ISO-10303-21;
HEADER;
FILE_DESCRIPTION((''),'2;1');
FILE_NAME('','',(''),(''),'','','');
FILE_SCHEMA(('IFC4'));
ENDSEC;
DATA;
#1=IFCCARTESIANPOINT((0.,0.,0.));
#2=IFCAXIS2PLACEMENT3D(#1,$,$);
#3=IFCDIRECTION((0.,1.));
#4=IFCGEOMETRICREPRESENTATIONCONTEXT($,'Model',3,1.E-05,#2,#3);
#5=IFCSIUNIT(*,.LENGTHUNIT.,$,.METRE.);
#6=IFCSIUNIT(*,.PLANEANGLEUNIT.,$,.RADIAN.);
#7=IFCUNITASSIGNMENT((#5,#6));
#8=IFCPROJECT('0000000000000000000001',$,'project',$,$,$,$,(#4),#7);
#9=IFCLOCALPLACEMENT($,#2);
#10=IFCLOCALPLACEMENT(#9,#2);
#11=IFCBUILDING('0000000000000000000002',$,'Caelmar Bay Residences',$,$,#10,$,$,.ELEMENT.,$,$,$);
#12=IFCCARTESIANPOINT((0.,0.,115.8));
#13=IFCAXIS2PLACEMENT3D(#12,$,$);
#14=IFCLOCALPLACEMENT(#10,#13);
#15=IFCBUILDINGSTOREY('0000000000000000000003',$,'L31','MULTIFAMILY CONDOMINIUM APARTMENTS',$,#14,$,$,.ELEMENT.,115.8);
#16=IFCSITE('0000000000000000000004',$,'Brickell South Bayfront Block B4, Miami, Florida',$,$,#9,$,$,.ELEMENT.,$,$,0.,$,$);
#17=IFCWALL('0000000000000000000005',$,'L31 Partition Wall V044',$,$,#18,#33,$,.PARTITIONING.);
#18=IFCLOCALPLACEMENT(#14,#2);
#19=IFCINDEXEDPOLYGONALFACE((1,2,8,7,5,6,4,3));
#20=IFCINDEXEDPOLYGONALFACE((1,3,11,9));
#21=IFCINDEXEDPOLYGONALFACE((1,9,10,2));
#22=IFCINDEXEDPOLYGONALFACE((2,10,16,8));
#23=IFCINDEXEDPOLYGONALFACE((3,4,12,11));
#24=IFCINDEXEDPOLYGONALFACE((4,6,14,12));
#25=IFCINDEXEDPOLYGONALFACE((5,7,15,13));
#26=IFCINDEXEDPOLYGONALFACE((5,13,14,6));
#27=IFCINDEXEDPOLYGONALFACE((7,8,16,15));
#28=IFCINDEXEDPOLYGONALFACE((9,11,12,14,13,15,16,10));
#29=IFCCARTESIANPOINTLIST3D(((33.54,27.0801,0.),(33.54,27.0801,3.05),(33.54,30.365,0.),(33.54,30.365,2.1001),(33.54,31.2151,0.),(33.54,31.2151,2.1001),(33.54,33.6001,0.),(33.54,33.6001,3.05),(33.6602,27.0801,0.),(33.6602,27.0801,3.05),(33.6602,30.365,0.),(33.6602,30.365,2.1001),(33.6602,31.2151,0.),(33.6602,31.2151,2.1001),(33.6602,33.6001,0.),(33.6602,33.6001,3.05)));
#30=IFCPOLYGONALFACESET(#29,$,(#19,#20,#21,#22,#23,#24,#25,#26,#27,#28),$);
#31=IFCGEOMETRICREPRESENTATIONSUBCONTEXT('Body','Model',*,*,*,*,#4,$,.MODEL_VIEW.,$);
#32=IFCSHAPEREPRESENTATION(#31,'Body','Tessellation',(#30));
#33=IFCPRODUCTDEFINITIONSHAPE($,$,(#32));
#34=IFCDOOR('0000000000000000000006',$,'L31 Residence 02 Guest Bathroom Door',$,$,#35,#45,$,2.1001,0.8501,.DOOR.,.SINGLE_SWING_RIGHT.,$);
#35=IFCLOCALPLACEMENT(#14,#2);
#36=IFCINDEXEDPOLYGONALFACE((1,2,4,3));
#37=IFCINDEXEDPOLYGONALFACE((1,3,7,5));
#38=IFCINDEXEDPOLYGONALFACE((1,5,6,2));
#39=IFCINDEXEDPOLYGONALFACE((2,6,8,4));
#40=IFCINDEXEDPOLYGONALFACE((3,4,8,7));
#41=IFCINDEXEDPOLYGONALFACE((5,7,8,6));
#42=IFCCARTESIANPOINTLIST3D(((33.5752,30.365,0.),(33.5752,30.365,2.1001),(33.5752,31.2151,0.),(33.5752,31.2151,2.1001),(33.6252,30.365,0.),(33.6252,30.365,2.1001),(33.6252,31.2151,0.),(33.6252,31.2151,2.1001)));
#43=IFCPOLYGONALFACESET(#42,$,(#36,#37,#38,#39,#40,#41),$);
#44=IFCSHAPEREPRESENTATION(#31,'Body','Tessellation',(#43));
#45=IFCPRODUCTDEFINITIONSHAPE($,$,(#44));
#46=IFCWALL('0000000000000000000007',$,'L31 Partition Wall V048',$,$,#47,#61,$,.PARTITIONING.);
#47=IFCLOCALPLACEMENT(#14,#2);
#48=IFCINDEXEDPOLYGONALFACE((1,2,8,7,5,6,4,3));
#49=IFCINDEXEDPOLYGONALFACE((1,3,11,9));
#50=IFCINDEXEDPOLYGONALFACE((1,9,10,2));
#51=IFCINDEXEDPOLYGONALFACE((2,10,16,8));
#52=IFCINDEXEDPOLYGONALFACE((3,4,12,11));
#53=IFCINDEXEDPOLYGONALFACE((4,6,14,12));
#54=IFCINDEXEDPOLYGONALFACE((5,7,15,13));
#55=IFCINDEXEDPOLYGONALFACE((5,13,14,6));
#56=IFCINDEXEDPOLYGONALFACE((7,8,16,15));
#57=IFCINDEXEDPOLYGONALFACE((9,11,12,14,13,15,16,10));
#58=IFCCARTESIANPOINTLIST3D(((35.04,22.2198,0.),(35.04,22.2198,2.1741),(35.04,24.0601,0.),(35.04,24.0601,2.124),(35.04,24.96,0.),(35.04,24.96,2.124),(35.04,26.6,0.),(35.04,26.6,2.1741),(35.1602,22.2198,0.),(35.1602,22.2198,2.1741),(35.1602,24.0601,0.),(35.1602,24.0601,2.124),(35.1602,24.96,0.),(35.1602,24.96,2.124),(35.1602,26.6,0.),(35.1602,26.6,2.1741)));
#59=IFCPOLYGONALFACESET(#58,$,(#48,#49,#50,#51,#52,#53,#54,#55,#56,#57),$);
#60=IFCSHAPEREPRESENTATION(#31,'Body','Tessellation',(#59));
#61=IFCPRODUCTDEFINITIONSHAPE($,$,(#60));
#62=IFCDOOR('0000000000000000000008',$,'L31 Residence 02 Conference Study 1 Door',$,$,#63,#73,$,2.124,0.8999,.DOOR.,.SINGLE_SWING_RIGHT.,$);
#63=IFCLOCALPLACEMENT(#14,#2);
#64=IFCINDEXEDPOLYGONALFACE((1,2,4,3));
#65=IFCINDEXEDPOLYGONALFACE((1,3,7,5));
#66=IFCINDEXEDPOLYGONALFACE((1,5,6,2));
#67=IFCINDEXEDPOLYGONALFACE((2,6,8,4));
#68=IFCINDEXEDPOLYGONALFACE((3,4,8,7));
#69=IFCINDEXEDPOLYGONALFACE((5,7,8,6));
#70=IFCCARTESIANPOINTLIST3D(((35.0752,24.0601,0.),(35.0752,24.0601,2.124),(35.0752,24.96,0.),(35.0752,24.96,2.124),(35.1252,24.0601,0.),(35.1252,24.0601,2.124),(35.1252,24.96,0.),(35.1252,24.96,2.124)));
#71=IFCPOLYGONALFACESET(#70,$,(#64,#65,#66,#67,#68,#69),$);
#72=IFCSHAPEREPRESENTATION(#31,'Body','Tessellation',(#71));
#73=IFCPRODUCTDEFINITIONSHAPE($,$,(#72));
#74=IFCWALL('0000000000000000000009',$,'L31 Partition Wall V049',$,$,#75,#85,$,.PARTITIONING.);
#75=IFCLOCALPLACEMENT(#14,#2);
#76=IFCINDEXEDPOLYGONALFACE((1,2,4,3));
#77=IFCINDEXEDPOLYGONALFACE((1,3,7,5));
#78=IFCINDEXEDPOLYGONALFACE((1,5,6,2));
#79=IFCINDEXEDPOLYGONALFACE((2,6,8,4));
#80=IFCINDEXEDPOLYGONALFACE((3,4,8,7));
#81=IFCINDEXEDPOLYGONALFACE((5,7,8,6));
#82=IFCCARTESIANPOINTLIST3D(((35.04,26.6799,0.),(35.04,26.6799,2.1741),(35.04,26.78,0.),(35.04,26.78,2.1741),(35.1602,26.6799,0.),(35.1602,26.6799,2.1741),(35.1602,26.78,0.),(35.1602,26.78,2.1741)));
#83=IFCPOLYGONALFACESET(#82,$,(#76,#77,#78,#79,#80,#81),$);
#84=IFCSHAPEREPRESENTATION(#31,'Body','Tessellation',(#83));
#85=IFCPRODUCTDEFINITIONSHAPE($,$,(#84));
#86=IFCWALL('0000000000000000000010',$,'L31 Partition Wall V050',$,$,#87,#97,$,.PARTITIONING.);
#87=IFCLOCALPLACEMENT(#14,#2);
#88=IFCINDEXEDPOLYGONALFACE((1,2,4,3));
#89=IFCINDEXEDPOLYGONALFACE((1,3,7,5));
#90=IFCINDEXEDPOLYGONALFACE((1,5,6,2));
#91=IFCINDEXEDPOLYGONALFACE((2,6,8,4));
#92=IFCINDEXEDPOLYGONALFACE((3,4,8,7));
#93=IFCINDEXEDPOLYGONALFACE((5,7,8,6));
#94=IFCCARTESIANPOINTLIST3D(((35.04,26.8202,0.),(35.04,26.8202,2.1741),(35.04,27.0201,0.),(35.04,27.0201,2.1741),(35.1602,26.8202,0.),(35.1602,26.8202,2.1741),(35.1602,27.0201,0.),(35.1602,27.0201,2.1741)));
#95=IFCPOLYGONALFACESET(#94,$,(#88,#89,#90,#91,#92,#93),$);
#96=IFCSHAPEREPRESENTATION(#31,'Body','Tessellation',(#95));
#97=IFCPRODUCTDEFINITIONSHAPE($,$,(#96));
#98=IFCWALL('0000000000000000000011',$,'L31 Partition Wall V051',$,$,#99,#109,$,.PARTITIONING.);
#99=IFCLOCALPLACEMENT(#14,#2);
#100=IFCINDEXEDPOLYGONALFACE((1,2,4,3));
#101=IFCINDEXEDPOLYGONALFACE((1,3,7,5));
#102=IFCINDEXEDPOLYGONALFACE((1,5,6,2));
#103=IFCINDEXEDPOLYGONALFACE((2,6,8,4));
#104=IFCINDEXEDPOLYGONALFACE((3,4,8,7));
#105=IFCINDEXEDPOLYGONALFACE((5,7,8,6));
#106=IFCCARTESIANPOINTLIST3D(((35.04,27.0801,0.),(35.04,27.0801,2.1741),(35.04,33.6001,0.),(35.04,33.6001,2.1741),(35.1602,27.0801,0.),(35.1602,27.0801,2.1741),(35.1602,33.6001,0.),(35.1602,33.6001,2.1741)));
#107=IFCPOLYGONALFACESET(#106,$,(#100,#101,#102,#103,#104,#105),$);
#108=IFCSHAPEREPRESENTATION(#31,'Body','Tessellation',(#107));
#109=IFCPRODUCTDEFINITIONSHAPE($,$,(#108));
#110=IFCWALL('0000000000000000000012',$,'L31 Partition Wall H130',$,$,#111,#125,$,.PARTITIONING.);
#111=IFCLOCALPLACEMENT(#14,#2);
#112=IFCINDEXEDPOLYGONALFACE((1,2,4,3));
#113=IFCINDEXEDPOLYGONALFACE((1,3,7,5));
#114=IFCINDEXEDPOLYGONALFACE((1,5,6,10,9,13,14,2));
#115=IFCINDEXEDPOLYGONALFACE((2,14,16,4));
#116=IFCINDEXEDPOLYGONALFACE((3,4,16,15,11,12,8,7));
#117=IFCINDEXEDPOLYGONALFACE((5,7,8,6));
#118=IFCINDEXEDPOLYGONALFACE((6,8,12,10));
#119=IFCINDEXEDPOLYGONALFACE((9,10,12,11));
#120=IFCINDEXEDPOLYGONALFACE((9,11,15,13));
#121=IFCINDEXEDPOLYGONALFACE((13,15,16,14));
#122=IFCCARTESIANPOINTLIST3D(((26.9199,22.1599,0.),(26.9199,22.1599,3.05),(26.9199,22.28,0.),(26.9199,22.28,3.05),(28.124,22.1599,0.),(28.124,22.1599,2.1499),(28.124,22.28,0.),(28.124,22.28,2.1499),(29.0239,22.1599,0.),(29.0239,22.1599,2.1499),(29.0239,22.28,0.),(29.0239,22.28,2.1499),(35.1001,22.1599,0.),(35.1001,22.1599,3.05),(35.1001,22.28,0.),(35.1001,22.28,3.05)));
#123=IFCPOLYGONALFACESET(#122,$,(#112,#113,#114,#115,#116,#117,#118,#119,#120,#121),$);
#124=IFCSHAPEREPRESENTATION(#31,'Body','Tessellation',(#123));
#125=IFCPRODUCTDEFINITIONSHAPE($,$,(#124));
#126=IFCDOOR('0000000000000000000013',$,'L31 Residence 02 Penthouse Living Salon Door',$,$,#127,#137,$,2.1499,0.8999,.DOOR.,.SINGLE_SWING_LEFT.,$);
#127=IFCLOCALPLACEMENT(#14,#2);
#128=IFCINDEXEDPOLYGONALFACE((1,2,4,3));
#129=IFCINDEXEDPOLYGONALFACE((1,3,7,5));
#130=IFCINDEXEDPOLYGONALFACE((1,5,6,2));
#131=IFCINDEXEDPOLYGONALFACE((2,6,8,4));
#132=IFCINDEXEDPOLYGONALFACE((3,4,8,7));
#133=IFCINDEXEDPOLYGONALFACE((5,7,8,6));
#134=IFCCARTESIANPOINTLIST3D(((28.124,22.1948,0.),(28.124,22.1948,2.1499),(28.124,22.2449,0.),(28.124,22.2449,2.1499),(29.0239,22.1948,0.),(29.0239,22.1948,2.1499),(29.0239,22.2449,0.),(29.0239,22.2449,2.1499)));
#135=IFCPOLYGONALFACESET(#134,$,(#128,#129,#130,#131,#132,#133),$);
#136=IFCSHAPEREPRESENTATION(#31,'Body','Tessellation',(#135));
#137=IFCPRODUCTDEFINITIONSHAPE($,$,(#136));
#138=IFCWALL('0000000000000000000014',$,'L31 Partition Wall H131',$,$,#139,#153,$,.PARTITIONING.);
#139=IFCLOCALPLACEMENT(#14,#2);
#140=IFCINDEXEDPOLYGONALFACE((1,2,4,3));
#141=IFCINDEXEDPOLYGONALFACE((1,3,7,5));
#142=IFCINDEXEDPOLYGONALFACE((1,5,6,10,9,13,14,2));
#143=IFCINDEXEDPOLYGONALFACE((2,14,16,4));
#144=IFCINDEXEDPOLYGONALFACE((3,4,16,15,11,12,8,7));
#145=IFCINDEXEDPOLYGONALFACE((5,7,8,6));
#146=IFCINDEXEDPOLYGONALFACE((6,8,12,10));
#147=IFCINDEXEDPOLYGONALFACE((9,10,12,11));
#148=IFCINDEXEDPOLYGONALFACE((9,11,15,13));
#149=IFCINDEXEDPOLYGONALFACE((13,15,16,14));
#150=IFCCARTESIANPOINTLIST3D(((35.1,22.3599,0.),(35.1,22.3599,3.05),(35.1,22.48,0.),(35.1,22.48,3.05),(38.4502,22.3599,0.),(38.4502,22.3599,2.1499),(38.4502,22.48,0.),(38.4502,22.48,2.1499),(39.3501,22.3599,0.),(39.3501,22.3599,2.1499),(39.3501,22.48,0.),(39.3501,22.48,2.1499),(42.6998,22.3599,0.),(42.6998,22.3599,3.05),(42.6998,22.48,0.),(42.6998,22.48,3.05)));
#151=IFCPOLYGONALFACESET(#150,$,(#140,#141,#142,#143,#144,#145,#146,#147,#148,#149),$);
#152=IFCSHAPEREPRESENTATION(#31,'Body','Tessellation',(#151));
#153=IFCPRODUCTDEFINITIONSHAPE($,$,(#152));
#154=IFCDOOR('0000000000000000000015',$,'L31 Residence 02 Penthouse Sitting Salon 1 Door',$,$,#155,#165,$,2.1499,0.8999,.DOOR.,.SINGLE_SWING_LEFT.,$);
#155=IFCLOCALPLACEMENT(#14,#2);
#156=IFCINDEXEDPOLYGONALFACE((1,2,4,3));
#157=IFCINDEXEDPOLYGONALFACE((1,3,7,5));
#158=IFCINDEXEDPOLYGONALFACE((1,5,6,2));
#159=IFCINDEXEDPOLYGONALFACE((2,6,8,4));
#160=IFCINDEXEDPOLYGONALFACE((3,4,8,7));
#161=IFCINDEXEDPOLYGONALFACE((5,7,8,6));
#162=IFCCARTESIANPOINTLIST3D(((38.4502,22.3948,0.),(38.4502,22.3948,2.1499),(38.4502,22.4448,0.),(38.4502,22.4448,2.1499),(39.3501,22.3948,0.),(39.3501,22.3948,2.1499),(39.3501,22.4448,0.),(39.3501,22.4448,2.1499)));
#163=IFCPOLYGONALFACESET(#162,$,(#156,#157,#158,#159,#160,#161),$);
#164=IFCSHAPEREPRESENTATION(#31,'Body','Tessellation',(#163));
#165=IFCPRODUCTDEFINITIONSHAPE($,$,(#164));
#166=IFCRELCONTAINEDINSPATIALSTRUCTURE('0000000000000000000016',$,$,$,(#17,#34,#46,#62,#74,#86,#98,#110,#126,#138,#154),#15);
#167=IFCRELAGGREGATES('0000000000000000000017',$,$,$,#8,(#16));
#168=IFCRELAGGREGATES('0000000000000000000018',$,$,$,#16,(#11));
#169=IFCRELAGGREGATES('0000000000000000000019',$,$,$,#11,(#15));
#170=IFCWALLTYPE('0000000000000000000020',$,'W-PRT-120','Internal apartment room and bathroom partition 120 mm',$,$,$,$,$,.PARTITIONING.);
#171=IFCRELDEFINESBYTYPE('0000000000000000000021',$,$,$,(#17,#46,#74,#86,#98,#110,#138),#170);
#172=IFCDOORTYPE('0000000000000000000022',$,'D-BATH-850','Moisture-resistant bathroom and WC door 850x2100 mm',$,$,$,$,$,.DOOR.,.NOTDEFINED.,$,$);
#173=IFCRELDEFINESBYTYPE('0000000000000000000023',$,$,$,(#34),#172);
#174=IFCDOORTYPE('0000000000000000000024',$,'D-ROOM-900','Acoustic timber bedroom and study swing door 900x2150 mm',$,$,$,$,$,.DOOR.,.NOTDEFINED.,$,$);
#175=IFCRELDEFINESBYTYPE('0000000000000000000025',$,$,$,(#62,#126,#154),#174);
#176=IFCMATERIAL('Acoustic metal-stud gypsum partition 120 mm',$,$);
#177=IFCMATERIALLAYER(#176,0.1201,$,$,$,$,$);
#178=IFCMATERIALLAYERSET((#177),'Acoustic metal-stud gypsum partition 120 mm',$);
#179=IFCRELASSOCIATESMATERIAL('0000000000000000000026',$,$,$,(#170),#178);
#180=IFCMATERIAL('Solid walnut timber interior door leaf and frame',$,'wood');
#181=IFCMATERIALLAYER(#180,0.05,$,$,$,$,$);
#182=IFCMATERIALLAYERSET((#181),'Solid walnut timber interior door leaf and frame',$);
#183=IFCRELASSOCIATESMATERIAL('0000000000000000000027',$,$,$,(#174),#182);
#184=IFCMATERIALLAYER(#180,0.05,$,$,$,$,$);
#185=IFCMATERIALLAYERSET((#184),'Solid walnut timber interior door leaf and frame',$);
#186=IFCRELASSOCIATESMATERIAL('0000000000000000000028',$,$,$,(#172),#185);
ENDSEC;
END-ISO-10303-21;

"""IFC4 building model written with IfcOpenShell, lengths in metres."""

from ifc_helpers import new_model, si_unit, direction, frame, frame_2d, origin, place, context, subcontext, project, spatial, rectangle, extrude, material, layer, layer_set, type_object, element, fill, save


model = new_model("IFC4")

# Units and contexts
model_context = context("Model", 3, precision=1e-05, world=origin(), true_north=direction((0.0, 1.0)))
body_context = subcontext(model_context, "Body", "Model", "MODEL_VIEW")
ifc_project = project(units=[si_unit("LENGTHUNIT", "METRE"), si_unit("PLANEANGLEUNIT", "RADIAN")], contexts=[model_context])

# Site, building, storey
site_placement = place(None, origin())
site = spatial("IfcSite", under=ifc_project, at=site_placement, Name="Brickell South Bayfront Block B4, Miami, Florida", CompositionType="ELEMENT", RefElevation=0.0)
building_placement = place(site_placement, origin())
building = spatial("IfcBuilding", under=site, at=building_placement, Name="Caelmar Bay Residences", CompositionType="ELEMENT")
storey_placement = place(building_placement, frame((0.0, 0.0, 115.8)))
storey = spatial("IfcBuildingStorey", under=building, at=storey_placement, Name="L31", Description="MULTIFAMILY CONDOMINIUM APARTMENTS", CompositionType="ELEMENT", Elevation=115.8)

# Shared definitions
ifc_material_1 = material(Name="Acoustic metal-stud gypsum partition 120 mm")
ifc_layer_1 = layer(ifc_material_1, 0.1201)
ifc_layer_set_1 = layer_set([ifc_layer_1], Name="Acoustic metal-stud gypsum partition 120 mm")
wall_type = type_object("IfcWallType", Name="W-PRT-120", Description="Internal apartment room and bathroom partition 120 mm", PredefinedType="PARTITIONING", material=ifc_layer_set_1)
ifc_material_2 = material(Name="Solid walnut timber interior door leaf and frame", Category="wood")
ifc_layer_2 = layer(ifc_material_2, 0.05)
ifc_layer_set_2 = layer_set([ifc_layer_2], Name="Solid walnut timber interior door leaf and frame")
door_type_1 = type_object("IfcDoorType", Name="D-ROOM-900", Description="Acoustic timber bedroom and study swing door 900x2150 mm", OperationType="NOTDEFINED", PredefinedType="DOOR", material=ifc_layer_set_2)

# Walls, openings, doors
wall_1_placement = place(storey_placement, frame((33.6001, 27.0801, 0.0), z_axis=(0.0, 0.0, 1.0), x_axis=(0.0, 1.0, 0.0)))
wall_1 = element("IfcWall", 1, at=wall_1_placement, inside=storey, type_object=wall_type, Name="L31 Partition Wall V044", PredefinedType="PARTITIONING", context=body_context, shape_type="SweptSolid", body=[
    extrude(rectangle(XDim=6.52, YDim=0.1201, at=frame_2d((3.26, 0.0))), origin(), (0.0, 0.0, 1.0), 3.05),
])
opening_1_placement = place(wall_1_placement, frame((3.2849, 0.0, 0.0)))
opening_1 = element("IfcOpeningElement", 2, at=opening_1_placement, cuts=wall_1, PredefinedType="OPENING", context=body_context, shape_type="SweptSolid", body=[
    extrude(rectangle(XDim=0.8501, YDim=2.1001, at=frame_2d((0.425, 1.05))), frame((0.0, 0.0701, 0.0), z_axis=(0.0, -1.0, 0.0), x_axis=(1.0, 0.0, 0.0)), (0.0, 0.0, 1.0), 0.1401),
])
ifc_layer_3 = layer(ifc_material_2, 0.05)
ifc_layer_set_3 = layer_set([ifc_layer_3], Name="Solid walnut timber interior door leaf and frame")
door_type_2 = type_object("IfcDoorType", Name="D-BATH-850", Description="Moisture-resistant bathroom and WC door 850x2100 mm", OperationType="NOTDEFINED", PredefinedType="DOOR", material=ifc_layer_set_3)
door_1_placement = place(opening_1_placement, origin())
door_1 = element("IfcDoor", 3, at=door_1_placement, inside=storey, type_object=door_type_2, Name="L31 Residence 02 Guest Bathroom Door", OperationType="SINGLE_SWING_RIGHT", OverallHeight=2.1001, OverallWidth=0.8501, PredefinedType="DOOR", context=body_context, shape_type="SweptSolid", body=[
    extrude(rectangle(XDim=0.8501, YDim=2.1001, at=frame_2d((0.425, 1.05))), frame((0.0, 0.0249, 0.0), z_axis=(0.0, -1.0, 0.0), x_axis=(1.0, 0.0, 0.0)), (0.0, 0.0, 1.0), 0.05),
])
fill(opening_1, door_1)
wall_2_placement = place(storey_placement, frame((35.1001, 22.22, 0.0), z_axis=(0.0, 0.0, 1.0), x_axis=(0.0, 1.0, 0.0)))
wall_2 = element("IfcWall", 4, at=wall_2_placement, inside=storey, type_object=wall_type, Name="L31 Partition Wall V048", PredefinedType="PARTITIONING", context=body_context, shape_type="SweptSolid", body=[
    extrude(rectangle(XDim=4.3801, YDim=0.1201, at=frame_2d((2.1899, 0.0))), origin(), (0.0, 0.0, 1.0), 2.1741),
])
opening_2_placement = place(wall_2_placement, frame((1.8401, 0.0, 0.0)))
opening_2 = element("IfcOpeningElement", 5, at=opening_2_placement, cuts=wall_2, PredefinedType="OPENING", context=body_context, shape_type="SweptSolid", body=[
    extrude(rectangle(XDim=0.8999, YDim=2.124, at=frame_2d((0.45, 1.062))), frame((0.0, 0.0701, 0.0), z_axis=(0.0, -1.0, 0.0), x_axis=(1.0, 0.0, 0.0)), (0.0, 0.0, 1.0), 0.1401),
])
door_2_placement = place(opening_2_placement, origin())
door_2 = element("IfcDoor", 6, at=door_2_placement, inside=storey, type_object=door_type_1, Name="L31 Residence 02 Conference Study 1 Door", OperationType="SINGLE_SWING_RIGHT", OverallHeight=2.124, OverallWidth=0.8999, PredefinedType="DOOR", context=body_context, shape_type="SweptSolid", body=[
    extrude(rectangle(XDim=0.8999, YDim=2.124, at=frame_2d((0.45, 1.062))), frame((0.0, 0.0249, 0.0), z_axis=(0.0, -1.0, 0.0), x_axis=(1.0, 0.0, 0.0)), (0.0, 0.0, 1.0), 0.05),
])
fill(opening_2, door_2)

# Walls
wall_3_placement = place(storey_placement, frame((35.1001, 26.6799, 0.0), z_axis=(0.0, 0.0, 1.0), x_axis=(0.0, 1.0, 0.0)))
element("IfcWall", 7, at=wall_3_placement, inside=storey, type_object=wall_type, Name="L31 Partition Wall V049", PredefinedType="PARTITIONING", context=body_context, shape_type="SweptSolid", body=[
    extrude(rectangle(XDim=0.1001, YDim=0.1201, at=frame_2d((0.05, 0.0))), origin(), (0.0, 0.0, 1.0), 2.1741),
])
wall_4_placement = place(storey_placement, frame((35.1001, 26.8201, 0.0), z_axis=(0.0, 0.0, 1.0), x_axis=(0.0, 1.0, 0.0)))
element("IfcWall", 8, at=wall_4_placement, inside=storey, type_object=wall_type, Name="L31 Partition Wall V050", PredefinedType="PARTITIONING", context=body_context, shape_type="SweptSolid", body=[
    extrude(rectangle(XDim=0.2, YDim=0.1201, at=frame_2d((0.1001, 0.0))), origin(), (0.0, 0.0, 1.0), 2.1741),
])
wall_5_placement = place(storey_placement, frame((35.1001, 27.0801, 0.0), z_axis=(0.0, 0.0, 1.0), x_axis=(0.0, 1.0, 0.0)))
element("IfcWall", 9, at=wall_5_placement, inside=storey, type_object=wall_type, Name="L31 Partition Wall V051", PredefinedType="PARTITIONING", context=body_context, shape_type="SweptSolid", body=[
    extrude(rectangle(XDim=6.52, YDim=0.1201, at=frame_2d((3.26, 0.0))), origin(), (0.0, 0.0, 1.0), 2.1741),
])

# Walls, openings, doors
wall_6_placement = place(storey_placement, frame((26.9199, 22.22, 0.0), z_axis=(0.0, 0.0, 1.0), x_axis=(1.0, 0.0, 0.0)))
wall_6 = element("IfcWall", 10, at=wall_6_placement, inside=storey, type_object=wall_type, Name="L31 Partition Wall H130", PredefinedType="PARTITIONING", context=body_context, shape_type="SweptSolid", body=[
    extrude(rectangle(XDim=8.1802, YDim=0.1201, at=frame_2d((4.0901, 0.0))), origin(), (0.0, 0.0, 1.0), 3.05),
])
opening_3_placement = place(wall_6_placement, frame((1.2041, 0.0, 0.0)))
opening_3 = element("IfcOpeningElement", 11, at=opening_3_placement, cuts=wall_6, PredefinedType="OPENING", context=body_context, shape_type="SweptSolid", body=[
    extrude(rectangle(XDim=0.8999, YDim=2.1499, at=frame_2d((0.45, 1.075))), frame((0.0, 0.0701, 0.0), z_axis=(0.0, -1.0, 0.0), x_axis=(1.0, 0.0, 0.0)), (0.0, 0.0, 1.0), 0.1401),
])
door_3_placement = place(opening_3_placement, origin())
door_3 = element("IfcDoor", 12, at=door_3_placement, inside=storey, type_object=door_type_1, Name="L31 Residence 02 Penthouse Living Salon Door", OperationType="SINGLE_SWING_LEFT", OverallHeight=2.1499, OverallWidth=0.8999, PredefinedType="DOOR", context=body_context, shape_type="SweptSolid", body=[
    extrude(rectangle(XDim=0.8999, YDim=2.1499, at=frame_2d((0.45, 1.075))), frame((0.0, 0.0249, 0.0), z_axis=(0.0, -1.0, 0.0), x_axis=(1.0, 0.0, 0.0)), (0.0, 0.0, 1.0), 0.05),
])
fill(opening_3, door_3)
wall_7_placement = place(storey_placement, frame((35.1001, 22.4199, 0.0), z_axis=(0.0, 0.0, 1.0), x_axis=(1.0, 0.0, 0.0)))
wall_7 = element("IfcWall", 13, at=wall_7_placement, inside=storey, type_object=wall_type, Name="L31 Partition Wall H131", PredefinedType="PARTITIONING", context=body_context, shape_type="SweptSolid", body=[
    extrude(rectangle(XDim=7.5999, YDim=0.1201, at=frame_2d((3.7998, 0.0))), origin(), (0.0, 0.0, 1.0), 3.05),
])
opening_4_placement = place(wall_7_placement, frame((3.3501, 0.0, 0.0)))
opening_4 = element("IfcOpeningElement", 14, at=opening_4_placement, cuts=wall_7, PredefinedType="OPENING", context=body_context, shape_type="SweptSolid", body=[
    extrude(rectangle(XDim=0.8999, YDim=2.1499, at=frame_2d((0.45, 1.075))), frame((0.0, 0.0701, 0.0), z_axis=(0.0, -1.0, 0.0), x_axis=(1.0, 0.0, 0.0)), (0.0, 0.0, 1.0), 0.1401),
])
door_4_placement = place(opening_4_placement, origin())
door_4 = element("IfcDoor", 15, at=door_4_placement, inside=storey, type_object=door_type_1, Name="L31 Residence 02 Penthouse Sitting Salon 1 Door", OperationType="SINGLE_SWING_LEFT", OverallHeight=2.1499, OverallWidth=0.8999, PredefinedType="DOOR", context=body_context, shape_type="SweptSolid", body=[
    extrude(rectangle(XDim=0.8999, YDim=2.1499, at=frame_2d((0.45, 1.075))), frame((0.0, 0.0249, 0.0), z_axis=(0.0, -1.0, 0.0), x_axis=(1.0, 0.0, 0.0)), (0.0, 0.0, 1.0), 0.05),
])
fill(opening_4, door_4)

save(model, "model.ifc")
